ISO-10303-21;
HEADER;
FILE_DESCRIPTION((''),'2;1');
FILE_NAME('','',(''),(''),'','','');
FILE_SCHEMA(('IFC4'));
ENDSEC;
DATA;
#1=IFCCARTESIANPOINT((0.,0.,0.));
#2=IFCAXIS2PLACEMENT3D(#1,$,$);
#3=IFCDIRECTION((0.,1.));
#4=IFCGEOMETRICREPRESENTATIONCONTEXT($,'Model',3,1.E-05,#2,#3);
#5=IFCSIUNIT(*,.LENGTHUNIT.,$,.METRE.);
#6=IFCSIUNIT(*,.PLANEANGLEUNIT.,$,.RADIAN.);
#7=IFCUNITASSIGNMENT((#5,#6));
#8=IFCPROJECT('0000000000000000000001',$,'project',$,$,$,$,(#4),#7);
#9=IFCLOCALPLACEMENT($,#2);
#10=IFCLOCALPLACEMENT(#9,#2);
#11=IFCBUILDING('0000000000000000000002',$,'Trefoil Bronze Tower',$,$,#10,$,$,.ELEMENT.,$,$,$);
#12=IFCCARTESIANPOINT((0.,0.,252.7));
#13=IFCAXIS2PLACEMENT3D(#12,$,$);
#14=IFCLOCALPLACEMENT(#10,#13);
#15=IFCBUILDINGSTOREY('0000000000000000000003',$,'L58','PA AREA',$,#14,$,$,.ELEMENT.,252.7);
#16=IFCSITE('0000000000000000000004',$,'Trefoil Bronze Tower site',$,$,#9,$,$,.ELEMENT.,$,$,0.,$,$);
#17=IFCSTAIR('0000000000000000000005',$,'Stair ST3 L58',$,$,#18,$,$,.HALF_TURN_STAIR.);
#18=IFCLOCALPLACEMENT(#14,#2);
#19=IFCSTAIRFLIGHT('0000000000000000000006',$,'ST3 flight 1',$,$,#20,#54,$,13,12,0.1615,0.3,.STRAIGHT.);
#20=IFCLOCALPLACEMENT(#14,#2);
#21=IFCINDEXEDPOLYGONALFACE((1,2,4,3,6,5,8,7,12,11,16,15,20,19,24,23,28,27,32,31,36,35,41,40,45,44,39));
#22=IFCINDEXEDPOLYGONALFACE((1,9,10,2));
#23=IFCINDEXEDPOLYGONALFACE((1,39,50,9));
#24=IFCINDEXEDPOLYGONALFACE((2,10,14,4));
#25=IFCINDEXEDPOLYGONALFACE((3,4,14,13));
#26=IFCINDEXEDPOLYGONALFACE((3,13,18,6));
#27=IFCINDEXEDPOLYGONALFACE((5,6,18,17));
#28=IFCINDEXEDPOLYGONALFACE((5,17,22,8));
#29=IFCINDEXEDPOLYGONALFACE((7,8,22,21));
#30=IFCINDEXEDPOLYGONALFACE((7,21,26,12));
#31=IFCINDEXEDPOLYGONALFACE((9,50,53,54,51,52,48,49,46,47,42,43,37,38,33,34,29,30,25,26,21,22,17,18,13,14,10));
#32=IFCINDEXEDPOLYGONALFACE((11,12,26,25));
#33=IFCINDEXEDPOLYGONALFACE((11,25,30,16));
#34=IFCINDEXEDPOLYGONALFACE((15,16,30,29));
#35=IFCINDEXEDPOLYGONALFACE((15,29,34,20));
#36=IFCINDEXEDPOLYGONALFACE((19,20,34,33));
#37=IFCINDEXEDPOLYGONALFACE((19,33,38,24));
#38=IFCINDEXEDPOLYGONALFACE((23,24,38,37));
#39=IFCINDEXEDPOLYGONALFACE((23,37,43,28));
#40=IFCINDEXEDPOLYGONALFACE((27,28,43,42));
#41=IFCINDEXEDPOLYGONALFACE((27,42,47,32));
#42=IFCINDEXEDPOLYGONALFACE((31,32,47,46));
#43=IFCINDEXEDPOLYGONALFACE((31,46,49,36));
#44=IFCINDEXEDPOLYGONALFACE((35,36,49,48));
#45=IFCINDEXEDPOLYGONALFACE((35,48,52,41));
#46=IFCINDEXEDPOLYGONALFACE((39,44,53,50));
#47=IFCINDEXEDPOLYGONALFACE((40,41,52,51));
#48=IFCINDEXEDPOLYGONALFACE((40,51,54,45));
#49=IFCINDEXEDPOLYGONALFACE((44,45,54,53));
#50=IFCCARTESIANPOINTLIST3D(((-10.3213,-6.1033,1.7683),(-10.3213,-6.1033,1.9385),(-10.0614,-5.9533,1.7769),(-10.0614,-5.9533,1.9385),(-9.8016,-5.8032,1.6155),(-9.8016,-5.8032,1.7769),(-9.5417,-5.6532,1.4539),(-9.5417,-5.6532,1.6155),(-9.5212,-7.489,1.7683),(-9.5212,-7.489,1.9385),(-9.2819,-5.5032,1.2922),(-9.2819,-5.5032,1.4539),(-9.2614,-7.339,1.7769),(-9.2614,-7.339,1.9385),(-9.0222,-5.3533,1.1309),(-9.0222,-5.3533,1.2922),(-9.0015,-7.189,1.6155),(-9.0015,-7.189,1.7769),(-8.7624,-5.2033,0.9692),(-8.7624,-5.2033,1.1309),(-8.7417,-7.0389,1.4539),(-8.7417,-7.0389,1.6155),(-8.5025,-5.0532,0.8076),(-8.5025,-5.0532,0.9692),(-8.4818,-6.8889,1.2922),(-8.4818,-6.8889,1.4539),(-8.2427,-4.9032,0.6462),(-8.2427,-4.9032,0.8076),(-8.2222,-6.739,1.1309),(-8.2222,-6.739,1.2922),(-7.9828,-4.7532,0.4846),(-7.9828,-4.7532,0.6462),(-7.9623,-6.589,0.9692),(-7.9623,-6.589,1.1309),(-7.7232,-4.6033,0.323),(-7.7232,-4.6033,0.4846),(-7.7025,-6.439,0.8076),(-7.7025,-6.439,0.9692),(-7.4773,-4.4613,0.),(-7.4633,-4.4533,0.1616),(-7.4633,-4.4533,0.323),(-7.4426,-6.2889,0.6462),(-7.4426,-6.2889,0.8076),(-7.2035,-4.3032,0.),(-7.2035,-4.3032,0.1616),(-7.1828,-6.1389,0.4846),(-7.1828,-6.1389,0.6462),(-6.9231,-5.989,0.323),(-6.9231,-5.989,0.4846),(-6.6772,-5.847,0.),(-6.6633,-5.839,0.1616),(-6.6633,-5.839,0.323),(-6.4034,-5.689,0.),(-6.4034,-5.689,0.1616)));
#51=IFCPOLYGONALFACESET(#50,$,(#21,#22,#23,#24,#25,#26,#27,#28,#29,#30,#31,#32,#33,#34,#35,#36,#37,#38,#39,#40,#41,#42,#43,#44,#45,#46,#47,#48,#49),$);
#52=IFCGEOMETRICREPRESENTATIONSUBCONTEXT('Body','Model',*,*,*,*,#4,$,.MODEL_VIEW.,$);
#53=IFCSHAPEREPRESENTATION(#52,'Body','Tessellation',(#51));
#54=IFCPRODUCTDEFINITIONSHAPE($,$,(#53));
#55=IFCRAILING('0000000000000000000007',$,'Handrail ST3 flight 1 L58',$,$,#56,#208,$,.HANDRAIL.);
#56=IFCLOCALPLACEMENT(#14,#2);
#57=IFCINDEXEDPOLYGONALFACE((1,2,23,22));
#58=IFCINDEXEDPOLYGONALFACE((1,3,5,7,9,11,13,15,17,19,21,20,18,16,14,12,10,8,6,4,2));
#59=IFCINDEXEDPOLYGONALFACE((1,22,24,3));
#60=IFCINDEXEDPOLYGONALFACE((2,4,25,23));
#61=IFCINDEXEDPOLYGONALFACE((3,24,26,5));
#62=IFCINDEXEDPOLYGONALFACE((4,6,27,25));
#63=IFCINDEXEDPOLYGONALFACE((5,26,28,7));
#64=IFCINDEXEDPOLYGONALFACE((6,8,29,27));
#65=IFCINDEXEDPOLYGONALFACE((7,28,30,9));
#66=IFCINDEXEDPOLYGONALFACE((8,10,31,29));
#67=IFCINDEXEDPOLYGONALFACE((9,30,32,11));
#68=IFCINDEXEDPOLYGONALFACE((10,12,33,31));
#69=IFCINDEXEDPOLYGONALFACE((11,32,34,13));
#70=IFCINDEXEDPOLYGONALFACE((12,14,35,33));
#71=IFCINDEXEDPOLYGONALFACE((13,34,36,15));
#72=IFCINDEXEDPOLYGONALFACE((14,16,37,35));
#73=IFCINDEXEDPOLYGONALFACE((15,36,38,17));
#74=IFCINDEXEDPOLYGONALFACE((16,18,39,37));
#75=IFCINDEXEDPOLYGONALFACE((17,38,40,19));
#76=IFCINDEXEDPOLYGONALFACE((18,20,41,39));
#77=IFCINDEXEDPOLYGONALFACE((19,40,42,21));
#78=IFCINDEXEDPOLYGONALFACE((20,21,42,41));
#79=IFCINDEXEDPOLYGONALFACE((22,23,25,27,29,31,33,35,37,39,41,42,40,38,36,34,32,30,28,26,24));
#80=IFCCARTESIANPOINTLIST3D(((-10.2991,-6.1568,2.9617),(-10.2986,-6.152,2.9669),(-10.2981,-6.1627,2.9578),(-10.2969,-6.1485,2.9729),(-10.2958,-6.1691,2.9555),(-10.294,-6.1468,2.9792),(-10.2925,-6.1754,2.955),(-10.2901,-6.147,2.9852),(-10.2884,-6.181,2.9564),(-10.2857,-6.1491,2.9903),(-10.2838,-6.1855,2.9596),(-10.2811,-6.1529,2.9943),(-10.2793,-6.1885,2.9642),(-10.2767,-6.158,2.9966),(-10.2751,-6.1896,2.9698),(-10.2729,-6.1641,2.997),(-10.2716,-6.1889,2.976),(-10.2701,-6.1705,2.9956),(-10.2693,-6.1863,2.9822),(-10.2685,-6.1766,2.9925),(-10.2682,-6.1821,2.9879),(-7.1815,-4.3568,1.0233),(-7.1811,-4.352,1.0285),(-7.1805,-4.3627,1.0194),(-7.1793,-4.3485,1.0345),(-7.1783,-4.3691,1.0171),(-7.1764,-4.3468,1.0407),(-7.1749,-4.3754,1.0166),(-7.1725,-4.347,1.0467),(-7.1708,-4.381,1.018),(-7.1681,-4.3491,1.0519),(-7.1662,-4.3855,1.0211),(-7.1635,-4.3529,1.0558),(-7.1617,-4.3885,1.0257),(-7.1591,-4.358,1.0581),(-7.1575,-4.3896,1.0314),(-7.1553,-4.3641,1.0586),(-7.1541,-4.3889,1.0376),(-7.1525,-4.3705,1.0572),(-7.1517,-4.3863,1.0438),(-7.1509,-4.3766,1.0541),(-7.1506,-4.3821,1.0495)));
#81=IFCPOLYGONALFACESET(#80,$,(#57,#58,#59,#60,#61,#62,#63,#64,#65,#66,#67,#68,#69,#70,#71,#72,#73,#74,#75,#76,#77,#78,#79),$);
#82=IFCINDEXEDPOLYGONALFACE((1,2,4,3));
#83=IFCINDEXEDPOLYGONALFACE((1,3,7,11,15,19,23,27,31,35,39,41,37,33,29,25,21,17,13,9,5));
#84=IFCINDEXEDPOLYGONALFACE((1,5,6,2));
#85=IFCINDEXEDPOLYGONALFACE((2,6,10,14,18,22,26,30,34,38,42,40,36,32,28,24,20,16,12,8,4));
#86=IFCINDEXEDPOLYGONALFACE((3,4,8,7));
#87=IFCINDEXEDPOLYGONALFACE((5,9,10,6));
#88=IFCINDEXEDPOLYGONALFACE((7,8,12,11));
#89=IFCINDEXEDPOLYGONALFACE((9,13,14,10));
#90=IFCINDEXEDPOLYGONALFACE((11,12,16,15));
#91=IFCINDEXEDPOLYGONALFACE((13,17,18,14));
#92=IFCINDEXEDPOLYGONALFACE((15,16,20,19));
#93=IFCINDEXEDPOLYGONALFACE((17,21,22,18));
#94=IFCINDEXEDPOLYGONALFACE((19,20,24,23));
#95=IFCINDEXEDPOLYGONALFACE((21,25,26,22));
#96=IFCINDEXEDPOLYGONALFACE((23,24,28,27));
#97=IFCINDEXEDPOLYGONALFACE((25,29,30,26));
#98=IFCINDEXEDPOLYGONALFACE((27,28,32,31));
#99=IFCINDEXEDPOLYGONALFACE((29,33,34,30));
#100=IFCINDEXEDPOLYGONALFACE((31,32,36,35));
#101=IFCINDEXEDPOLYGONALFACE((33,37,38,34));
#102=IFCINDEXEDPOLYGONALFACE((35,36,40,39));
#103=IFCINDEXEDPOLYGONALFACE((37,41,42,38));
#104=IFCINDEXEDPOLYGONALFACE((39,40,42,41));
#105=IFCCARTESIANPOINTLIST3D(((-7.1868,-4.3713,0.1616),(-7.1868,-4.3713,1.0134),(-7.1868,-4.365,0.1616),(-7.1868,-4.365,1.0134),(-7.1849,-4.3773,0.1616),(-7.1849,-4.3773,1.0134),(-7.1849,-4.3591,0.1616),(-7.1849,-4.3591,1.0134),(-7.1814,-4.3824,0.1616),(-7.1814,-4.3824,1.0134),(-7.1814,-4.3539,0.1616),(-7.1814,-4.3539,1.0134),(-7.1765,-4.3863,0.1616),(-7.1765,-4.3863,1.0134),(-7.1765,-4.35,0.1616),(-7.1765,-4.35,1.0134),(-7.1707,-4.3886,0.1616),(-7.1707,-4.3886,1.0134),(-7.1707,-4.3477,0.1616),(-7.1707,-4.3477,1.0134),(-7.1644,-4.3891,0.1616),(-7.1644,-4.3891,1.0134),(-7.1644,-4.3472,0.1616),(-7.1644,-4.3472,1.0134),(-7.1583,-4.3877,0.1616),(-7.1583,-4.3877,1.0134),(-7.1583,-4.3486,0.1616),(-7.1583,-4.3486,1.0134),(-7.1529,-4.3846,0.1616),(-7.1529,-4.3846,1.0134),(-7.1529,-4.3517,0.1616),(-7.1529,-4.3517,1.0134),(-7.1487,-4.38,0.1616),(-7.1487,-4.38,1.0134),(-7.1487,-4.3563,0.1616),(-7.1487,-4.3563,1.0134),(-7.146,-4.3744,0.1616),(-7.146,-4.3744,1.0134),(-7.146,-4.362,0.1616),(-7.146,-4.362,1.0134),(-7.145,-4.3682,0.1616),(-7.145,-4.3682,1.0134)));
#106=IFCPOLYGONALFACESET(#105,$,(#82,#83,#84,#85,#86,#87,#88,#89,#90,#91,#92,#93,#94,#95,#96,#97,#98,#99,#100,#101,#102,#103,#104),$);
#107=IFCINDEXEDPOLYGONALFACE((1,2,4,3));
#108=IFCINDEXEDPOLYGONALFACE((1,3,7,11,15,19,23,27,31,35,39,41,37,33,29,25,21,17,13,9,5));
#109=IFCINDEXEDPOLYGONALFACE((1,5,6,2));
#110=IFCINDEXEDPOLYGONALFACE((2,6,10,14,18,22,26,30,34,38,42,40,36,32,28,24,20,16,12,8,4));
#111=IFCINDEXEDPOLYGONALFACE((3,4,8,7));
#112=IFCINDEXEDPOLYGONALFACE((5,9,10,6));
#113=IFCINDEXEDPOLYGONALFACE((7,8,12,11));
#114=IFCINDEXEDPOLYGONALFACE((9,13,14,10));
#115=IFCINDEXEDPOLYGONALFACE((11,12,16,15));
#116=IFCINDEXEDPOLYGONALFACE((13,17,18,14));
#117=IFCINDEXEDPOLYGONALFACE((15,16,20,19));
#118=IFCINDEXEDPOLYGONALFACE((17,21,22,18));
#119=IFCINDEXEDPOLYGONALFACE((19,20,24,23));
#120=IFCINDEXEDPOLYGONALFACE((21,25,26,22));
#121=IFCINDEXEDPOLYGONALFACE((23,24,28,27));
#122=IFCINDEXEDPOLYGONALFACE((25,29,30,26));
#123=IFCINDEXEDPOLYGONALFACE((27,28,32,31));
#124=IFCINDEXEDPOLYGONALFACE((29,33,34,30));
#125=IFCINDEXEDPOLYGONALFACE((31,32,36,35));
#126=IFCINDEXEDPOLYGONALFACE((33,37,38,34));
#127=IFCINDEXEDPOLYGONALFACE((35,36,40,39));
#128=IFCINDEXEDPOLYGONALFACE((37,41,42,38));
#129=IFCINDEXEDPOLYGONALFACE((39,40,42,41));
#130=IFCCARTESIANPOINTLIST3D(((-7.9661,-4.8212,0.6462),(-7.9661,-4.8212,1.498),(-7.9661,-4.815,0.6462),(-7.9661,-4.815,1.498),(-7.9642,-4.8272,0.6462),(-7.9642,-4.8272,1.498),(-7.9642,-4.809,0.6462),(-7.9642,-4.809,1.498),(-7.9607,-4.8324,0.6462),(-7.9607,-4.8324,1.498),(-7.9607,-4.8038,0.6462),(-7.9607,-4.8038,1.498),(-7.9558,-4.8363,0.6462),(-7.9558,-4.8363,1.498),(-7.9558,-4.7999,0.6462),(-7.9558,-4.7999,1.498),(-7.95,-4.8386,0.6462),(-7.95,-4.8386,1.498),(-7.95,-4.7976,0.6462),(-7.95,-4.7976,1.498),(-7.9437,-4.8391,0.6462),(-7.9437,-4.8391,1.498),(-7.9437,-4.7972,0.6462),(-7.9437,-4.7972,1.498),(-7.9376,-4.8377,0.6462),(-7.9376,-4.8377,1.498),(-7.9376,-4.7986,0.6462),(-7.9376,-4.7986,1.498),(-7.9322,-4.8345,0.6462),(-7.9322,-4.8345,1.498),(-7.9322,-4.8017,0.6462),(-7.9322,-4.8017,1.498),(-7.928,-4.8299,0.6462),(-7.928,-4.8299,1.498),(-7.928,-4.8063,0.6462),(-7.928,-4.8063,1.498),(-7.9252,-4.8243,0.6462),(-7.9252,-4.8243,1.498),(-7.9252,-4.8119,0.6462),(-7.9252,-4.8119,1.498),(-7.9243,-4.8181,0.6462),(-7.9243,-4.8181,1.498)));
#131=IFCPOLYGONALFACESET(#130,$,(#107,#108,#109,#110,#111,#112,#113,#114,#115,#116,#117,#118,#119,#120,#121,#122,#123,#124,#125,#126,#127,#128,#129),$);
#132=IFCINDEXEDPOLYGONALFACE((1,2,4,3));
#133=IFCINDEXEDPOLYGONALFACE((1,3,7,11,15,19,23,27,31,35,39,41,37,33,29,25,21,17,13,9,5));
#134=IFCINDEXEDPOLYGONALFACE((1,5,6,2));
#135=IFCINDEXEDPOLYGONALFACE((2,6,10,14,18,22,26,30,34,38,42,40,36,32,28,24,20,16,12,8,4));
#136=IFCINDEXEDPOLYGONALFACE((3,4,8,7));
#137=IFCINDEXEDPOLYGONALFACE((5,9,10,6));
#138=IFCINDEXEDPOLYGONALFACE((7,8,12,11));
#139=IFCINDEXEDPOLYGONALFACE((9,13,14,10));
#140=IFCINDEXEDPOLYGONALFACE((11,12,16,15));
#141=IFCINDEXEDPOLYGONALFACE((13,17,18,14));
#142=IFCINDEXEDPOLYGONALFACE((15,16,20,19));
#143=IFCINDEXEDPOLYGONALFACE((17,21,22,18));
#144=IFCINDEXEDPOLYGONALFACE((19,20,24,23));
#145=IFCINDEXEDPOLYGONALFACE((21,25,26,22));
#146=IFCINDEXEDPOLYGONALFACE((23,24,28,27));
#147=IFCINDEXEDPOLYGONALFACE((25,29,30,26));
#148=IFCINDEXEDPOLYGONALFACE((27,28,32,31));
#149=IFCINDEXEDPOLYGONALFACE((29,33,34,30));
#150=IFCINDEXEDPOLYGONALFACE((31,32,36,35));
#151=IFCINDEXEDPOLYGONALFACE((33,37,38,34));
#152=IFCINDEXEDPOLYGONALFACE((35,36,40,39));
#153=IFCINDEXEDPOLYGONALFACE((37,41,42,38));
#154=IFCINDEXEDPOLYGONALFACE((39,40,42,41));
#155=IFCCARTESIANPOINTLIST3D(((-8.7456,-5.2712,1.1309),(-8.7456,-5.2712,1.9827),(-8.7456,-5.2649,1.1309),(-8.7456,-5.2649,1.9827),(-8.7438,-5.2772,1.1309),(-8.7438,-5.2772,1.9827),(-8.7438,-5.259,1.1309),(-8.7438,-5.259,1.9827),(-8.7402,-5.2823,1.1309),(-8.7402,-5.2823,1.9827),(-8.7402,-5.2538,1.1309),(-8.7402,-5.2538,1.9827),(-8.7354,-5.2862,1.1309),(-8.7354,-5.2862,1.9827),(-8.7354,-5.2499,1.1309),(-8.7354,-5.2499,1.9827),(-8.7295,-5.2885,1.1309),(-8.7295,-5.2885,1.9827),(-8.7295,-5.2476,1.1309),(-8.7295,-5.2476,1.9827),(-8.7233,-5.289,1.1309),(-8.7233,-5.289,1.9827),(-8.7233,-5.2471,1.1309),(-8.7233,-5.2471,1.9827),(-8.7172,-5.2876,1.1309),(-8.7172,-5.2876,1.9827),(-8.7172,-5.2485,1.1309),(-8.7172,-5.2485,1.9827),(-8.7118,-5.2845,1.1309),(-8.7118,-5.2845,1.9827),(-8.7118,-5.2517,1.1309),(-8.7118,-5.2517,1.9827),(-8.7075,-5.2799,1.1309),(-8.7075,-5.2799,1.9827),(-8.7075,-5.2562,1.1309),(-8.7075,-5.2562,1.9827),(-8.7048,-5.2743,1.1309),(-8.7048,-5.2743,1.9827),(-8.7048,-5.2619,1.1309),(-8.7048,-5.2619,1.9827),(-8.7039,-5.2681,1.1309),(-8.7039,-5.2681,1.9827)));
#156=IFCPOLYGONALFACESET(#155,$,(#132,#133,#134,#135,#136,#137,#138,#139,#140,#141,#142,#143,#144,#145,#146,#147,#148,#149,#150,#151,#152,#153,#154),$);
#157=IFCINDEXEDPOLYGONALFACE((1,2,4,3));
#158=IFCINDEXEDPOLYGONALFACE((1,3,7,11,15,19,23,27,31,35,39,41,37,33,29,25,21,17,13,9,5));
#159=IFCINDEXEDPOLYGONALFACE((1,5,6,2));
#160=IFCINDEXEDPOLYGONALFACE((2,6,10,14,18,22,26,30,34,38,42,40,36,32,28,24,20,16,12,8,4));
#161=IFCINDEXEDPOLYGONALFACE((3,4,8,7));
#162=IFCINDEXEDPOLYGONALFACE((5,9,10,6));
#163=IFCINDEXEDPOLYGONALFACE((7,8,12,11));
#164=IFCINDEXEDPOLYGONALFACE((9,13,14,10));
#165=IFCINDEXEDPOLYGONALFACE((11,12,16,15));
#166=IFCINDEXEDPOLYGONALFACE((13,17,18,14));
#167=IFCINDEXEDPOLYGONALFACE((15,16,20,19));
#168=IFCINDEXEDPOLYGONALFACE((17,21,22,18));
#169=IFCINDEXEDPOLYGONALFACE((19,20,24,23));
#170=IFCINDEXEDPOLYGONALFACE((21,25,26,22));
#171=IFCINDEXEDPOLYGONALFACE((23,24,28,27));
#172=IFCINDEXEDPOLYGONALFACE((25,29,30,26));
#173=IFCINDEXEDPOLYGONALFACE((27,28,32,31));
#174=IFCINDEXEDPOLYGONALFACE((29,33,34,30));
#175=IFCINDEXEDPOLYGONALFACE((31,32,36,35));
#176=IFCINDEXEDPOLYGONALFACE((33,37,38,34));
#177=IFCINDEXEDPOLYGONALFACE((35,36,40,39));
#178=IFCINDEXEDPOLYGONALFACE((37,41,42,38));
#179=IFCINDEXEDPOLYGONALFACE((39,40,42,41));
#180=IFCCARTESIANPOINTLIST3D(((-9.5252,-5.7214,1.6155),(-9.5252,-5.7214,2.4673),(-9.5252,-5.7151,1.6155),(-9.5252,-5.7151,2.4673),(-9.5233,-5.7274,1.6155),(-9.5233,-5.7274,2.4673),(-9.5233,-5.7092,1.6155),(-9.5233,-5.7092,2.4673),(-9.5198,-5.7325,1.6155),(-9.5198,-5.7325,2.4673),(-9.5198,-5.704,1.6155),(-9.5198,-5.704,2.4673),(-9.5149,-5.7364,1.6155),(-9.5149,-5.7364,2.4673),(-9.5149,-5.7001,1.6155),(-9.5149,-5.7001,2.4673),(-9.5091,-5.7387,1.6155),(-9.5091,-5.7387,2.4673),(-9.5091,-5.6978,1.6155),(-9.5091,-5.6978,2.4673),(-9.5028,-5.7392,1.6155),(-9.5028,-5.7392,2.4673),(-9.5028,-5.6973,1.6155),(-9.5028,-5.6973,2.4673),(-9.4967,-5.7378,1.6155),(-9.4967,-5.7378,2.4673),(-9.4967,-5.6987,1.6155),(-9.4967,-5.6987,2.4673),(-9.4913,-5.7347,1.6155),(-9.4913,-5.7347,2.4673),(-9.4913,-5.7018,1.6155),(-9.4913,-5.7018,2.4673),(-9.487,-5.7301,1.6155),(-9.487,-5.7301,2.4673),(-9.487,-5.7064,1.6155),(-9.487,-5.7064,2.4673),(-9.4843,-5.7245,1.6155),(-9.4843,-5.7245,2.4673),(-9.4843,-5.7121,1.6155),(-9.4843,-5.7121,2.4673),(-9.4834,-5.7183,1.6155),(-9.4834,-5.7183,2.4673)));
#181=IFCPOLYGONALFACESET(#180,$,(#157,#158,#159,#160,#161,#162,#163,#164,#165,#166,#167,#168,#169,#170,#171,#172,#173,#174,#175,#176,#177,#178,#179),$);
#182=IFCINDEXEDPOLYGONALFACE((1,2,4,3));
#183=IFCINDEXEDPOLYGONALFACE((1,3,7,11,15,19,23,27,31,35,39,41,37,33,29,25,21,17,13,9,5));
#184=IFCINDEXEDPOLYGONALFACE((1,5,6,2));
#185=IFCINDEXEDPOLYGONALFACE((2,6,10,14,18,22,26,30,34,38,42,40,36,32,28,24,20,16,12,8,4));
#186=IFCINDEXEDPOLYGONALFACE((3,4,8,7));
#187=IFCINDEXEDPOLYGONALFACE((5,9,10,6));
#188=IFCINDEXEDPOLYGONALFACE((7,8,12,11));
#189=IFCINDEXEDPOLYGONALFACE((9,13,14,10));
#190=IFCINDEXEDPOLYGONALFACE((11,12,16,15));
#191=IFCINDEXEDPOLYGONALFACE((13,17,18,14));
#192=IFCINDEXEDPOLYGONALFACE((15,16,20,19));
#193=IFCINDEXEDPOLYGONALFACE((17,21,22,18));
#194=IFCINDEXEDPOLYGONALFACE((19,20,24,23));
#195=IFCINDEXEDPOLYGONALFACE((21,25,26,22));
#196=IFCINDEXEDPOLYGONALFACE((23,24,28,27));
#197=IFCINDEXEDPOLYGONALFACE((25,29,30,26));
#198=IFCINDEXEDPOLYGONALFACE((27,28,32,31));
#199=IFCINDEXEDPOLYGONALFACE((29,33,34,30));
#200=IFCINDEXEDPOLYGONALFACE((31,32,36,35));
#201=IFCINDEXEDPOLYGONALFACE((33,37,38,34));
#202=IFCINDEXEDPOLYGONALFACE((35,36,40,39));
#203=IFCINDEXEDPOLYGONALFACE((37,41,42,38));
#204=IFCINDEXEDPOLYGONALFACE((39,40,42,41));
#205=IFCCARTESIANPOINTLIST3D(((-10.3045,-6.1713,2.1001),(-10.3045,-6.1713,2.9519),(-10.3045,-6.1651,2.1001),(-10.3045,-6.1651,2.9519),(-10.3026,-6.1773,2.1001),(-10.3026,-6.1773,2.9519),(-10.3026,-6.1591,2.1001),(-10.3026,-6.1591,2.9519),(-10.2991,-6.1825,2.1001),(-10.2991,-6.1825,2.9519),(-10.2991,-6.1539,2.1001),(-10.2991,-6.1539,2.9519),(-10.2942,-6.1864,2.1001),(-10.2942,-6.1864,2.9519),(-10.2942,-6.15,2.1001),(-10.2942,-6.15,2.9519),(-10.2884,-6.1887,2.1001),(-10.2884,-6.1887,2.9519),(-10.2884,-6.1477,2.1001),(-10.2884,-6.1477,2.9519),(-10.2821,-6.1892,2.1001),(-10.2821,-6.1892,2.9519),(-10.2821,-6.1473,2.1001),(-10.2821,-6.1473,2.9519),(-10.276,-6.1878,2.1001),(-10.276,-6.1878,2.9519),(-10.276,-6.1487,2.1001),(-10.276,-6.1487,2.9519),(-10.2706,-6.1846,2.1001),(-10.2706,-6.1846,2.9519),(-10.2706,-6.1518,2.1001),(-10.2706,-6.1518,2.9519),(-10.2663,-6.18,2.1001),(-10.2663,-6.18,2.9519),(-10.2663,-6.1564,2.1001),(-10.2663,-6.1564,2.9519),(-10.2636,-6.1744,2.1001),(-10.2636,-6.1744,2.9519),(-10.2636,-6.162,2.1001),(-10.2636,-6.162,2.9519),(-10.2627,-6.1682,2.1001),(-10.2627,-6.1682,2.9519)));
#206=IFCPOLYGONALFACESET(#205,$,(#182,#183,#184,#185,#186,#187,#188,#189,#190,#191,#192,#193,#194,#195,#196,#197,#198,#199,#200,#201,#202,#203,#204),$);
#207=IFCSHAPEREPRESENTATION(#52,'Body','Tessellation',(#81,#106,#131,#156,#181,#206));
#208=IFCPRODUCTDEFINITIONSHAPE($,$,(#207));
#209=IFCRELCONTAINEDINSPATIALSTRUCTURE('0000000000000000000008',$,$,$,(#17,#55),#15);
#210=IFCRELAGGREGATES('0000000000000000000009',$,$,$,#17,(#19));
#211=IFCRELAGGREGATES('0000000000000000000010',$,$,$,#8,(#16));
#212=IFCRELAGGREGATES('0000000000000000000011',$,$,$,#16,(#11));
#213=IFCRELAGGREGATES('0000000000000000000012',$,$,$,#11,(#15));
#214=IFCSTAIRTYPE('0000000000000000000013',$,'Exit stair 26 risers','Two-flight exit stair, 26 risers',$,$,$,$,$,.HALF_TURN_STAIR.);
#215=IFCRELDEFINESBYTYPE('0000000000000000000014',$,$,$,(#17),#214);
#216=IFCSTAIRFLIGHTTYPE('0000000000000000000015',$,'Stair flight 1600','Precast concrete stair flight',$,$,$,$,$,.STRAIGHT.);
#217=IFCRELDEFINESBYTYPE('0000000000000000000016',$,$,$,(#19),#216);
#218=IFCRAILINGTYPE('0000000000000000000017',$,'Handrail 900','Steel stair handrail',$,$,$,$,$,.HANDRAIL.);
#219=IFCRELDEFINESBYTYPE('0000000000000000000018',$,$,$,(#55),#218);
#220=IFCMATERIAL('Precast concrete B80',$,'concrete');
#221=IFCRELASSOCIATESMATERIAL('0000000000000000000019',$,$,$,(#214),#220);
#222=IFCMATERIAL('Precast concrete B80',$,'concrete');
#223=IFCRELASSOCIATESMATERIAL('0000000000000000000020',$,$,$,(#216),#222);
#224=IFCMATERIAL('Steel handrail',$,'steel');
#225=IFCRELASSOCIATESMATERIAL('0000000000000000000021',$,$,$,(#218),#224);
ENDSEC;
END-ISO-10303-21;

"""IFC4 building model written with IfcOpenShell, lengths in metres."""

from ifc_helpers import new_model, si_unit, direction, frame, origin, origin_2d, place, context, subcontext, project, spatial, polyline, circle, outline, extrude, material, type_object, element, aggregate, save


model = new_model("IFC4")

# Units and contexts
model_context = context("Model", 3, precision=1e-05, world=origin(), true_north=direction((0.0, 1.0)))
body_context = subcontext(model_context, "Body", "Model", "MODEL_VIEW")
ifc_project = project(units=[si_unit("LENGTHUNIT", "METRE"), si_unit("PLANEANGLEUNIT", "RADIAN")], contexts=[model_context])

# Site, building, storey
site_placement = place(None, origin())
site = spatial("IfcSite", under=ifc_project, at=site_placement, Name="Trefoil Bronze Tower site", CompositionType="ELEMENT", RefElevation=0.0)
building_placement = place(site_placement, origin())
building = spatial("IfcBuilding", under=site, at=building_placement, Name="Trefoil Bronze Tower", CompositionType="ELEMENT")
storey_placement = place(building_placement, frame((0.0, 0.0, 252.7)))
storey = spatial("IfcBuildingStorey", under=building, at=storey_placement, Name="L58", Description="PA AREA", CompositionType="ELEMENT", Elevation=252.7)

# Stair, stair flight
ifc_material_1 = material(Name="Precast concrete B80", Category="concrete")
stair_type = type_object("IfcStairType", Name="Exit stair 26 risers", Description="Two-flight exit stair, 26 risers", PredefinedType="HALF_TURN_STAIR", material=ifc_material_1)
stair_placement = place(storey_placement, origin())
stair = element("IfcStair", 1, at=stair_placement, inside=storey, type_object=stair_type, Name="Stair ST3 L58", PredefinedType="HALF_TURN_STAIR")
ifc_material_2 = material(Name="Precast concrete B80", Category="concrete")
stair_flight_type = type_object("IfcStairFlightType", Name="Stair flight 1600", Description="Precast concrete stair flight", PredefinedType="STRAIGHT", material=ifc_material_2)
stair_flight_placement = place(storey_placement, frame((-6.8035, -4.9961, 0.0), z_axis=(0.0, 0.0, 1.0), x_axis=(-0.866025, -0.5, 0.0)))
stair_flight = element("IfcStairFlight", 2, at=stair_flight_placement, type_object=stair_flight_type, Name="ST3 flight 1", NumberOfRisers=13, NumberOfTreads=12, PredefinedType="STRAIGHT", RiserHeight=0.1615, TreadLength=0.3, context=body_context, shape_type="SweptSolid", body=[
    extrude(outline(polyline([(0.0, 0.0), (0.0, 0.1616), (0.3, 0.1616), (0.3, 0.323), (0.6001, 0.323), (0.6001, 0.4846), (0.8999, 0.4846), (0.8999, 0.6462), (1.2, 0.6462), (1.2, 0.8076), (1.5, 0.8076), (1.5, 0.9692), (1.8, 0.9692), (1.8, 1.1309), (2.1001, 1.1309), (2.1001, 1.2922), (2.3999, 1.2922), (2.3999, 1.4539), (2.7, 1.4539), (2.7, 1.6155), (3.0, 1.6155), (3.0, 1.7769), (3.3, 1.7769), (3.3, 1.9385), (3.6001, 1.9385), (3.6001, 2.1001), (3.6001, 1.7683), (0.3162, 0.0), (0.0, 0.0)])), frame((0.0, 0.8, 0.0), z_axis=(0.0, -1.0, 0.0), x_axis=(1.0, 0.0, 0.0)), (0.0, 0.0, 1.0), 1.6001),
])
aggregate(stair, [stair_flight])

# Railing
ifc_material_3 = material(Name="Steel handrail", Category="steel")
railing_type = type_object("IfcRailingType", Name="Handrail 900", Description="Steel stair handrail", PredefinedType="HANDRAIL", material=ifc_material_3)
railing_placement = place(storey_placement, frame((-7.166, -4.3682, 0.1616)))
element("IfcRailing", 3, at=railing_placement, inside=storey, type_object=railing_type, Name="Handrail ST3 flight 1 L58", PredefinedType="HANDRAIL", context=body_context, shape_type="SweptSolid", body=[
    extrude(circle(Radius=0.0239, at=origin_2d()), frame((0.0, 0.0, 0.876), z_axis=(-0.762503, -0.440246, 0.474102), x_axis=(0.500012, -0.866018, 0.0)), (0.0, 0.0, 1.0), 4.0886),
    extrude(circle(Radius=0.021, at=origin_2d()), origin(), (0.0, 0.0, 1.0), 0.8518),
    extrude(circle(Radius=0.021, at=origin_2d()), frame((-0.7793, -0.45, 0.4846)), (0.0, 0.0, 1.0), 0.8518),
    extrude(circle(Radius=0.021, at=origin_2d()), frame((-1.5588, -0.8999, 0.9692)), (0.0, 0.0, 1.0), 0.8518),
    extrude(circle(Radius=0.021, at=origin_2d()), frame((-2.3384, -1.3501, 1.4539)), (0.0, 0.0, 1.0), 0.8518),
    extrude(circle(Radius=0.021, at=origin_2d()), frame((-3.1177, -1.8, 1.9385)), (0.0, 0.0, 1.0), 0.8518),
])

save(model, "model.ifc")
